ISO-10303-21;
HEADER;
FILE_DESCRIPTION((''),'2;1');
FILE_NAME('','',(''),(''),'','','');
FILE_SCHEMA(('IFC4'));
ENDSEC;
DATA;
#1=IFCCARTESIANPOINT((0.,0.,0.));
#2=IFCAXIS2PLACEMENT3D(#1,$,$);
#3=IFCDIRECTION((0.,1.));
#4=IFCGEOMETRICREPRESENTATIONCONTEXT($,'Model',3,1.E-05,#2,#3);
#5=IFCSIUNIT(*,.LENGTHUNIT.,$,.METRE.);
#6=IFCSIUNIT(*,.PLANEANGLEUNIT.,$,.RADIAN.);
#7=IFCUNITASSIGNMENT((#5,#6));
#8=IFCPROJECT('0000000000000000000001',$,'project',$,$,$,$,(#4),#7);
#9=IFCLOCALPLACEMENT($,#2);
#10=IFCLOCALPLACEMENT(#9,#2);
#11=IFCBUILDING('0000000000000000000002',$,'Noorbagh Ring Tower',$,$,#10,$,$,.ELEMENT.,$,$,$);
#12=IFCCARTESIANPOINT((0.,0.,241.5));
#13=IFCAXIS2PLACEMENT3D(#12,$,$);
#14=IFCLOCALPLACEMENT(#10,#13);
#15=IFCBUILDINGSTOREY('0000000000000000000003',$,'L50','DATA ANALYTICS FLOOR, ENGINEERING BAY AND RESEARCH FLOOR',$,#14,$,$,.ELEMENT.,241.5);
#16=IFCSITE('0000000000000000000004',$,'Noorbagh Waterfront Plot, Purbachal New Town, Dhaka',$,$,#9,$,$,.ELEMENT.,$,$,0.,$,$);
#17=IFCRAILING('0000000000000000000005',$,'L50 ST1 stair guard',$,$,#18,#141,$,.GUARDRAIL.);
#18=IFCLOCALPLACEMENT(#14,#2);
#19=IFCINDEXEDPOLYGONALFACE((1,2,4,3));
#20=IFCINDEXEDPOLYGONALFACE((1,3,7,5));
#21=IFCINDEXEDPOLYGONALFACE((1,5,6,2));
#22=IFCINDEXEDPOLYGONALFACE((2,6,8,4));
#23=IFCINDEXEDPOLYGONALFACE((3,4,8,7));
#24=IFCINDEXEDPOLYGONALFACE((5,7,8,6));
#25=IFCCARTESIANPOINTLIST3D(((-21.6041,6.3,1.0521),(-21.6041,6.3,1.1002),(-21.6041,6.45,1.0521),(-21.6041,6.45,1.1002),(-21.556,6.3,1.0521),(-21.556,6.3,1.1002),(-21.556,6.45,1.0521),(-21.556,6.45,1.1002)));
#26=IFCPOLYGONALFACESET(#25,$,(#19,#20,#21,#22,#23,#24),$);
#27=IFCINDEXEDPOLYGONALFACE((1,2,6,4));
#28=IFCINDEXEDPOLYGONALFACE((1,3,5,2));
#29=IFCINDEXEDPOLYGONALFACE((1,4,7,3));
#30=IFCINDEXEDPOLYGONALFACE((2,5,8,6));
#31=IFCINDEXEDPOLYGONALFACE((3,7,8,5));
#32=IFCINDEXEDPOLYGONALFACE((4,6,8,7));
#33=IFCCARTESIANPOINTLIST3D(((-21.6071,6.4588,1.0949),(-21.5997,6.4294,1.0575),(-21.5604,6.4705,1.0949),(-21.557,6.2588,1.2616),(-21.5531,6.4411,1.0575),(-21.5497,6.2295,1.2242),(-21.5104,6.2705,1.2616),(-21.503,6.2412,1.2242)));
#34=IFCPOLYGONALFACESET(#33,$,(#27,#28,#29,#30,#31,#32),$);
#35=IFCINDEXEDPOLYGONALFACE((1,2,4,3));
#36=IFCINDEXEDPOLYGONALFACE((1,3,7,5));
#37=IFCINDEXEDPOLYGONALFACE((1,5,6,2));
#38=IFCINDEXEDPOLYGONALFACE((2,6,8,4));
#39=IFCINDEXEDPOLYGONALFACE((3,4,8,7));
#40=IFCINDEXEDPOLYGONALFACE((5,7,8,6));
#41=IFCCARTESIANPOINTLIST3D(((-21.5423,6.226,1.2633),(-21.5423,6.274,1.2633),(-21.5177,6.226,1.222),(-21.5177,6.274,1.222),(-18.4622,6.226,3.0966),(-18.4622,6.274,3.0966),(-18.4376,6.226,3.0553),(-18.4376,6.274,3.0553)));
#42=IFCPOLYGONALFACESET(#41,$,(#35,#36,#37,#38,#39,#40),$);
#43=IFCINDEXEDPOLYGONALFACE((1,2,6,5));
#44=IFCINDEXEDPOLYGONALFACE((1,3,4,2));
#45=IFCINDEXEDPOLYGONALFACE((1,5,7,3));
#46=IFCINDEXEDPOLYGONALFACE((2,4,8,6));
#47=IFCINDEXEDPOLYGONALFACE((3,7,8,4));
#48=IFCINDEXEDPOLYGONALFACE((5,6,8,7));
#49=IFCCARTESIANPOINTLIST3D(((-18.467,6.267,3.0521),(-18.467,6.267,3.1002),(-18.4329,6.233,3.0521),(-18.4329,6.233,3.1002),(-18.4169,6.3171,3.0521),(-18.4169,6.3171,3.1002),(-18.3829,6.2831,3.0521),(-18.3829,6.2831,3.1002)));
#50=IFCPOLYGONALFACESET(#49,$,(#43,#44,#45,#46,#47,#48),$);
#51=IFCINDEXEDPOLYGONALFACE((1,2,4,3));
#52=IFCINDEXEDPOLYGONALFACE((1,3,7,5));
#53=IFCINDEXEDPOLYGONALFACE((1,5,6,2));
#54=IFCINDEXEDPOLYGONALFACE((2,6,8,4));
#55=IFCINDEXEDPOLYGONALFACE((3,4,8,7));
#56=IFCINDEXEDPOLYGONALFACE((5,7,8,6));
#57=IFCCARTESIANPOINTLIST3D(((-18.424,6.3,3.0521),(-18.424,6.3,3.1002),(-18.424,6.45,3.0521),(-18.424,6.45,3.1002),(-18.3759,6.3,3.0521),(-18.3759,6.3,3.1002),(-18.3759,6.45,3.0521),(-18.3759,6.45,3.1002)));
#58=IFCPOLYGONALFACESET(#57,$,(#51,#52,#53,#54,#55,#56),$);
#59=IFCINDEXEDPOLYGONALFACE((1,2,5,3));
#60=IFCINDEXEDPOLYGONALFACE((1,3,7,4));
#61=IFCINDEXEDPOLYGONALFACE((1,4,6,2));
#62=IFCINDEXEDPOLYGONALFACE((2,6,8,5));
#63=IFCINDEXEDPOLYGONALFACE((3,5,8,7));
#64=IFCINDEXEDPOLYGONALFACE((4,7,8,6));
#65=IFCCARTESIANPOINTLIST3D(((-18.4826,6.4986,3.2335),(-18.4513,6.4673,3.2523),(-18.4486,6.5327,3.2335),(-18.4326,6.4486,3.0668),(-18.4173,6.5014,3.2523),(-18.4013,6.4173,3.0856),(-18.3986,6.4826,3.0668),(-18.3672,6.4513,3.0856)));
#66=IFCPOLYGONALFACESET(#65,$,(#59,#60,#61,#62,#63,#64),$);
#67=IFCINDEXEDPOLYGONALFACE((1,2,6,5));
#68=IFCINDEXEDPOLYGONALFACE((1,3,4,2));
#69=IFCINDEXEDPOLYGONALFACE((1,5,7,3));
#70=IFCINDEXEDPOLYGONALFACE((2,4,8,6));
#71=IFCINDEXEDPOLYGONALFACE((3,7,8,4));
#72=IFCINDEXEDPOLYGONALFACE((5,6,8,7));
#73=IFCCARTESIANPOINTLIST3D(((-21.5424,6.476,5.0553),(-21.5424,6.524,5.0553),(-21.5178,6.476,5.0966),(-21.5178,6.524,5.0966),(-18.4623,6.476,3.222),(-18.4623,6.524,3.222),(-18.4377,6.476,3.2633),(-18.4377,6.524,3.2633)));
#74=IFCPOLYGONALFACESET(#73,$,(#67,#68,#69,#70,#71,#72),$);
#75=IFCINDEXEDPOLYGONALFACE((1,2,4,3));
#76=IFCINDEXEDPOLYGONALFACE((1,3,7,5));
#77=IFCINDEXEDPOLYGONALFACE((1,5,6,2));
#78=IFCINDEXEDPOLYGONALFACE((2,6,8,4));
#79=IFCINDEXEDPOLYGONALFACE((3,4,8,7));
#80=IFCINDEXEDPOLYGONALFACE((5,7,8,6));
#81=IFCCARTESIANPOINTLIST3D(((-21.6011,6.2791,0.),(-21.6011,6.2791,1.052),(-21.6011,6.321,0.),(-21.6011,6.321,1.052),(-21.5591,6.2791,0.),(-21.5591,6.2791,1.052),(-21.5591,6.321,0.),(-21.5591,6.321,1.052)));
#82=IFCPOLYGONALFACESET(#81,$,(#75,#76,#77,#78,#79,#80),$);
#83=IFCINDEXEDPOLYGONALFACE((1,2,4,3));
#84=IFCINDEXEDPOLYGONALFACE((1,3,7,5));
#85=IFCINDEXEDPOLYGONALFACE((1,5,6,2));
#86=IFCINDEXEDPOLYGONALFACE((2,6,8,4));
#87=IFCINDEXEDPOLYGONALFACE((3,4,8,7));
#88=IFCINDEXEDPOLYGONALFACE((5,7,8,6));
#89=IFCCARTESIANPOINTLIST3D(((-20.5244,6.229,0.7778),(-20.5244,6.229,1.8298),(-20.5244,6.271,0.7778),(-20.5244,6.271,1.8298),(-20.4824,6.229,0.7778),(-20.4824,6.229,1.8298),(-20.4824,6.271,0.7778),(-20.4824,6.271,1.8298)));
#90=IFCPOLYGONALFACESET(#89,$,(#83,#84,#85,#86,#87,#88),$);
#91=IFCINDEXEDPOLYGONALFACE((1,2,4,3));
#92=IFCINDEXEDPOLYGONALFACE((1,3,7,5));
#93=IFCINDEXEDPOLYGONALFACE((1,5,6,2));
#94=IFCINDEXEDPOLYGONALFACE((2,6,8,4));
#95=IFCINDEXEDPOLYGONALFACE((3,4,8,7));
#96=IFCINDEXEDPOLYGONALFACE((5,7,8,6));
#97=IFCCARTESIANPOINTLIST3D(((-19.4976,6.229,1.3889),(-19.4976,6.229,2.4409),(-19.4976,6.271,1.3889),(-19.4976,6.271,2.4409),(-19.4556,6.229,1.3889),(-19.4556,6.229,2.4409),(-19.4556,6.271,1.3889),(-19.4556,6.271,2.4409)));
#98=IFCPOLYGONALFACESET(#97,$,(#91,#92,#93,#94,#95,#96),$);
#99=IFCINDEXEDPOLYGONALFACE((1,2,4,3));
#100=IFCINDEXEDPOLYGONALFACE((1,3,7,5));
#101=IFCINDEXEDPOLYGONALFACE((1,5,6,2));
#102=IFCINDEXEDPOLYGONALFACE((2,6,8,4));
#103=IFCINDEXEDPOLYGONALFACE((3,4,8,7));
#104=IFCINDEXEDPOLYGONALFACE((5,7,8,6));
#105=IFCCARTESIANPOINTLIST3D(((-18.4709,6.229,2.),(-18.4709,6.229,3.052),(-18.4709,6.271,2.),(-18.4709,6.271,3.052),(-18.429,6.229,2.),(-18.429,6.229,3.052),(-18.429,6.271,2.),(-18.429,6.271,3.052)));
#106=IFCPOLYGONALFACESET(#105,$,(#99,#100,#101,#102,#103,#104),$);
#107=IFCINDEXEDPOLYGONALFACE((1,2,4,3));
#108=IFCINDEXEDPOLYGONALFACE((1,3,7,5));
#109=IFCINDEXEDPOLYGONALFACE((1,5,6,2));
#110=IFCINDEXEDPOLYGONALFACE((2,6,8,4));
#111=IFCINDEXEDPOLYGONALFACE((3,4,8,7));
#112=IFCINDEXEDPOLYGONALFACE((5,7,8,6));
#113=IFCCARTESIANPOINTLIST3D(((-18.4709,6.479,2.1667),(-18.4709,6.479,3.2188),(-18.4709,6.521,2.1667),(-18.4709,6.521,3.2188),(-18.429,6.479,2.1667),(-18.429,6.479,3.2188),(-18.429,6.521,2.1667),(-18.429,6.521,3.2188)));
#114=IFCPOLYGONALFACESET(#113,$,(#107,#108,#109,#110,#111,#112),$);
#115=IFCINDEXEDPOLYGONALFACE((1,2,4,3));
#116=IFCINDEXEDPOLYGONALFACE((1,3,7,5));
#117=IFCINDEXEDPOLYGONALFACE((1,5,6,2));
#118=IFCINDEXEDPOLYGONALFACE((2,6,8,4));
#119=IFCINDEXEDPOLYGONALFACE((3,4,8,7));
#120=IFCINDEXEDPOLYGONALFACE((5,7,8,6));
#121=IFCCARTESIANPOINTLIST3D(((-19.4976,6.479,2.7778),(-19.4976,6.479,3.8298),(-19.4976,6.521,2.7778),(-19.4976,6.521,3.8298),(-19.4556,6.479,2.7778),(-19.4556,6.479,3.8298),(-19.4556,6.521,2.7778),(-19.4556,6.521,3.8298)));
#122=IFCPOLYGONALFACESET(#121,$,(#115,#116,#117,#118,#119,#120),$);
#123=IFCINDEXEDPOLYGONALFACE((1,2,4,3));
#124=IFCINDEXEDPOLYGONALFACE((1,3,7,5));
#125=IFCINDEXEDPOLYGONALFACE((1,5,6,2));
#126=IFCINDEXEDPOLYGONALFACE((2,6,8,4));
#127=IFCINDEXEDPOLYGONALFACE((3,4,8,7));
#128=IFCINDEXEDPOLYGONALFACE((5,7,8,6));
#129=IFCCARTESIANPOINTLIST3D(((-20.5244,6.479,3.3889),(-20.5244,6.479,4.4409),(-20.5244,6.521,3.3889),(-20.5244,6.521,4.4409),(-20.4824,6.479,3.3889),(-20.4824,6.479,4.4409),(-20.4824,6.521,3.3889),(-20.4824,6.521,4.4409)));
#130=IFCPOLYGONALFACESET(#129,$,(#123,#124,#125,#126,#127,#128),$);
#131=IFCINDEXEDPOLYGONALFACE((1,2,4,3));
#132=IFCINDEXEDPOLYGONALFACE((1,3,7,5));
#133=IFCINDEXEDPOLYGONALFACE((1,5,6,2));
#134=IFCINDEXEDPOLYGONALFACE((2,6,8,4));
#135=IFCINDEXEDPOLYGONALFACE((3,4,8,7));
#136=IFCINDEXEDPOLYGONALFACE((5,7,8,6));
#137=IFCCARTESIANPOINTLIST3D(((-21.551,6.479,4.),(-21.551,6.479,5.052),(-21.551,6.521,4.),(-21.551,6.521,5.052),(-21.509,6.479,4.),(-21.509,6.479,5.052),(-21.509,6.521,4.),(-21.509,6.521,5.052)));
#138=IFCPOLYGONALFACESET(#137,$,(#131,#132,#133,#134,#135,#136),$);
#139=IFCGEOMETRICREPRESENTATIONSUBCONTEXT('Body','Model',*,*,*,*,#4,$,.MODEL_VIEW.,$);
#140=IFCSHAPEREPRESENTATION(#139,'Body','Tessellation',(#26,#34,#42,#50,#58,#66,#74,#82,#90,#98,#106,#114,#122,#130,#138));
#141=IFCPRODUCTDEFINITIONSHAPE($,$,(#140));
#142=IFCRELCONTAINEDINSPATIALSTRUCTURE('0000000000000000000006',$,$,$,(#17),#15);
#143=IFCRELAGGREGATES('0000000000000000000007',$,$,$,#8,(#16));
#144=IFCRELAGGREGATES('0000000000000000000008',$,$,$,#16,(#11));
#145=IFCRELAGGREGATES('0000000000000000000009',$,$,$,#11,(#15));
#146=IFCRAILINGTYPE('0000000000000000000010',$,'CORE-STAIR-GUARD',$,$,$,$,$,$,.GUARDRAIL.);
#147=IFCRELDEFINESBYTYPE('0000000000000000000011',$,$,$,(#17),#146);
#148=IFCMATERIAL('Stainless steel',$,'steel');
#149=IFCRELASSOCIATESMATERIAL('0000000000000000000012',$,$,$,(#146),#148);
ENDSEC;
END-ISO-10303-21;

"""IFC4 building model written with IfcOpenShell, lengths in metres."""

from ifc_helpers import new_model, si_unit, direction, frame, origin, origin_2d, place, context, subcontext, project, spatial, rectangle, extrude, material, type_object, element, save


model = new_model("IFC4")

# Units and contexts
model_context = context("Model", 3, precision=1e-05, world=origin(), true_north=direction((0.0, 1.0)))
body_context = subcontext(model_context, "Body", "Model", "MODEL_VIEW")
ifc_project = project(units=[si_unit("LENGTHUNIT", "METRE"), si_unit("PLANEANGLEUNIT", "RADIAN")], contexts=[model_context])

# Site, building, storey
site_placement = place(None, origin())
site = spatial("IfcSite", under=ifc_project, at=site_placement, Name="Noorbagh Waterfront Plot, Purbachal New Town, Dhaka", CompositionType="ELEMENT", RefElevation=0.0)
building_placement = place(site_placement, origin())
building = spatial("IfcBuilding", under=site, at=building_placement, Name="Noorbagh Ring Tower", CompositionType="ELEMENT")
storey_placement = place(building_placement, frame((0.0, 0.0, 241.5)))
storey = spatial("IfcBuildingStorey", under=building, at=storey_placement, Name="L50", Description="DATA ANALYTICS FLOOR, ENGINEERING BAY AND RESEARCH FLOOR", CompositionType="ELEMENT", Elevation=241.5)

# Railing
ifc_material_1 = material(Name="Stainless steel", Category="steel")
railing_type_1 = type_object("IfcRailingType", Name="CORE-STAIR-GUARD", PredefinedType="GUARDRAIL", material=ifc_material_1)
railing_1_placement = place(storey_placement, frame((-21.5801, 6.3, 0.0)))
element("IfcRailing", 1, at=railing_1_placement, inside=storey, type_object=railing_type_1, Name="L50 ST1 stair guard", PredefinedType="GUARDRAIL", context=body_context, shape_type="SweptSolid", body=[
    extrude(rectangle(XDim=0.0481, YDim=0.0481, at=origin_2d()), frame((0.0, 0.0, 1.0762), z_axis=(0.0, 1.0, 0.0), x_axis=(-1.0, 0.0, 0.0)), (0.0, 0.0, 1.0), 0.1499),
    extrude(rectangle(XDim=0.0481, YDim=0.0481, at=origin_2d()), frame((0.0, 0.1499, 1.0762), z_axis=(0.188776, -0.754182, 0.628946), x_axis=(0.970073, 0.242814, 0.0)), (0.0, 0.0, 1.0), 0.2651),
    extrude(rectangle(XDim=0.0481, YDim=0.0481, at=origin_2d()), frame((0.05, -0.05, 1.2427), z_axis=(0.859309, 0.0, 0.511458), x_axis=(0.0, 1.0, 0.0)), (0.0, 0.0, 1.0), 3.5845),
    extrude(rectangle(XDim=0.0481, YDim=0.0481, at=origin_2d()), frame((3.1301, -0.05, 3.0762), z_axis=(0.707107, 0.707107, 0.0), x_axis=(-0.707107, 0.707107, 0.0)), (0.0, 0.0, 1.0), 0.0708),
    extrude(rectangle(XDim=0.0481, YDim=0.0481, at=origin_2d()), frame((3.1802, 0.0, 3.0762), z_axis=(0.0, 1.0, 0.0), x_axis=(-1.0, 0.0, 0.0)), (0.0, 0.0, 1.0), 0.1499),
    extrude(rectangle(XDim=0.0481, YDim=0.0481, at=origin_2d()), frame((3.1802, 0.1499, 3.0762), z_axis=(-0.276287, 0.276287, 0.920506), x_axis=(-0.707107, -0.707107, 0.0)), (0.0, 0.0, 1.0), 0.1812),
    extrude(rectangle(XDim=0.0481, YDim=0.0481, at=origin_2d()), frame((3.1301, 0.2, 3.2427), z_axis=(-0.859309, 0.0, 0.511458), x_axis=(0.0, -1.0, 0.0)), (0.0, 0.0, 1.0), 3.5845),
    extrude(rectangle(XDim=0.042, YDim=0.042, at=origin_2d()), origin(), (0.0, 0.0, 1.0), 1.052),
    extrude(rectangle(XDim=0.042, YDim=0.042, at=origin_2d()), frame((1.0767, -0.05, 0.7778)), (0.0, 0.0, 1.0), 1.052),
    extrude(rectangle(XDim=0.042, YDim=0.042, at=origin_2d()), frame((2.1035, -0.05, 1.3889)), (0.0, 0.0, 1.0), 1.052),
    extrude(rectangle(XDim=0.042, YDim=0.042, at=origin_2d()), frame((3.1301, -0.05, 2.0)), (0.0, 0.0, 1.0), 1.052),
    extrude(rectangle(XDim=0.042, YDim=0.042, at=origin_2d()), frame((3.1301, 0.2, 2.1667)), (0.0, 0.0, 1.0), 1.052),
    extrude(rectangle(XDim=0.042, YDim=0.042, at=origin_2d()), frame((2.1035, 0.2, 2.7778)), (0.0, 0.0, 1.0), 1.052),
    extrude(rectangle(XDim=0.042, YDim=0.042, at=origin_2d()), frame((1.0767, 0.2, 3.3889)), (0.0, 0.0, 1.0), 1.052),
    extrude(rectangle(XDim=0.042, YDim=0.042, at=origin_2d()), frame((0.05, 0.2, 4.0)), (0.0, 0.0, 1.0), 1.052),
])

save(model, "model.ifc")
